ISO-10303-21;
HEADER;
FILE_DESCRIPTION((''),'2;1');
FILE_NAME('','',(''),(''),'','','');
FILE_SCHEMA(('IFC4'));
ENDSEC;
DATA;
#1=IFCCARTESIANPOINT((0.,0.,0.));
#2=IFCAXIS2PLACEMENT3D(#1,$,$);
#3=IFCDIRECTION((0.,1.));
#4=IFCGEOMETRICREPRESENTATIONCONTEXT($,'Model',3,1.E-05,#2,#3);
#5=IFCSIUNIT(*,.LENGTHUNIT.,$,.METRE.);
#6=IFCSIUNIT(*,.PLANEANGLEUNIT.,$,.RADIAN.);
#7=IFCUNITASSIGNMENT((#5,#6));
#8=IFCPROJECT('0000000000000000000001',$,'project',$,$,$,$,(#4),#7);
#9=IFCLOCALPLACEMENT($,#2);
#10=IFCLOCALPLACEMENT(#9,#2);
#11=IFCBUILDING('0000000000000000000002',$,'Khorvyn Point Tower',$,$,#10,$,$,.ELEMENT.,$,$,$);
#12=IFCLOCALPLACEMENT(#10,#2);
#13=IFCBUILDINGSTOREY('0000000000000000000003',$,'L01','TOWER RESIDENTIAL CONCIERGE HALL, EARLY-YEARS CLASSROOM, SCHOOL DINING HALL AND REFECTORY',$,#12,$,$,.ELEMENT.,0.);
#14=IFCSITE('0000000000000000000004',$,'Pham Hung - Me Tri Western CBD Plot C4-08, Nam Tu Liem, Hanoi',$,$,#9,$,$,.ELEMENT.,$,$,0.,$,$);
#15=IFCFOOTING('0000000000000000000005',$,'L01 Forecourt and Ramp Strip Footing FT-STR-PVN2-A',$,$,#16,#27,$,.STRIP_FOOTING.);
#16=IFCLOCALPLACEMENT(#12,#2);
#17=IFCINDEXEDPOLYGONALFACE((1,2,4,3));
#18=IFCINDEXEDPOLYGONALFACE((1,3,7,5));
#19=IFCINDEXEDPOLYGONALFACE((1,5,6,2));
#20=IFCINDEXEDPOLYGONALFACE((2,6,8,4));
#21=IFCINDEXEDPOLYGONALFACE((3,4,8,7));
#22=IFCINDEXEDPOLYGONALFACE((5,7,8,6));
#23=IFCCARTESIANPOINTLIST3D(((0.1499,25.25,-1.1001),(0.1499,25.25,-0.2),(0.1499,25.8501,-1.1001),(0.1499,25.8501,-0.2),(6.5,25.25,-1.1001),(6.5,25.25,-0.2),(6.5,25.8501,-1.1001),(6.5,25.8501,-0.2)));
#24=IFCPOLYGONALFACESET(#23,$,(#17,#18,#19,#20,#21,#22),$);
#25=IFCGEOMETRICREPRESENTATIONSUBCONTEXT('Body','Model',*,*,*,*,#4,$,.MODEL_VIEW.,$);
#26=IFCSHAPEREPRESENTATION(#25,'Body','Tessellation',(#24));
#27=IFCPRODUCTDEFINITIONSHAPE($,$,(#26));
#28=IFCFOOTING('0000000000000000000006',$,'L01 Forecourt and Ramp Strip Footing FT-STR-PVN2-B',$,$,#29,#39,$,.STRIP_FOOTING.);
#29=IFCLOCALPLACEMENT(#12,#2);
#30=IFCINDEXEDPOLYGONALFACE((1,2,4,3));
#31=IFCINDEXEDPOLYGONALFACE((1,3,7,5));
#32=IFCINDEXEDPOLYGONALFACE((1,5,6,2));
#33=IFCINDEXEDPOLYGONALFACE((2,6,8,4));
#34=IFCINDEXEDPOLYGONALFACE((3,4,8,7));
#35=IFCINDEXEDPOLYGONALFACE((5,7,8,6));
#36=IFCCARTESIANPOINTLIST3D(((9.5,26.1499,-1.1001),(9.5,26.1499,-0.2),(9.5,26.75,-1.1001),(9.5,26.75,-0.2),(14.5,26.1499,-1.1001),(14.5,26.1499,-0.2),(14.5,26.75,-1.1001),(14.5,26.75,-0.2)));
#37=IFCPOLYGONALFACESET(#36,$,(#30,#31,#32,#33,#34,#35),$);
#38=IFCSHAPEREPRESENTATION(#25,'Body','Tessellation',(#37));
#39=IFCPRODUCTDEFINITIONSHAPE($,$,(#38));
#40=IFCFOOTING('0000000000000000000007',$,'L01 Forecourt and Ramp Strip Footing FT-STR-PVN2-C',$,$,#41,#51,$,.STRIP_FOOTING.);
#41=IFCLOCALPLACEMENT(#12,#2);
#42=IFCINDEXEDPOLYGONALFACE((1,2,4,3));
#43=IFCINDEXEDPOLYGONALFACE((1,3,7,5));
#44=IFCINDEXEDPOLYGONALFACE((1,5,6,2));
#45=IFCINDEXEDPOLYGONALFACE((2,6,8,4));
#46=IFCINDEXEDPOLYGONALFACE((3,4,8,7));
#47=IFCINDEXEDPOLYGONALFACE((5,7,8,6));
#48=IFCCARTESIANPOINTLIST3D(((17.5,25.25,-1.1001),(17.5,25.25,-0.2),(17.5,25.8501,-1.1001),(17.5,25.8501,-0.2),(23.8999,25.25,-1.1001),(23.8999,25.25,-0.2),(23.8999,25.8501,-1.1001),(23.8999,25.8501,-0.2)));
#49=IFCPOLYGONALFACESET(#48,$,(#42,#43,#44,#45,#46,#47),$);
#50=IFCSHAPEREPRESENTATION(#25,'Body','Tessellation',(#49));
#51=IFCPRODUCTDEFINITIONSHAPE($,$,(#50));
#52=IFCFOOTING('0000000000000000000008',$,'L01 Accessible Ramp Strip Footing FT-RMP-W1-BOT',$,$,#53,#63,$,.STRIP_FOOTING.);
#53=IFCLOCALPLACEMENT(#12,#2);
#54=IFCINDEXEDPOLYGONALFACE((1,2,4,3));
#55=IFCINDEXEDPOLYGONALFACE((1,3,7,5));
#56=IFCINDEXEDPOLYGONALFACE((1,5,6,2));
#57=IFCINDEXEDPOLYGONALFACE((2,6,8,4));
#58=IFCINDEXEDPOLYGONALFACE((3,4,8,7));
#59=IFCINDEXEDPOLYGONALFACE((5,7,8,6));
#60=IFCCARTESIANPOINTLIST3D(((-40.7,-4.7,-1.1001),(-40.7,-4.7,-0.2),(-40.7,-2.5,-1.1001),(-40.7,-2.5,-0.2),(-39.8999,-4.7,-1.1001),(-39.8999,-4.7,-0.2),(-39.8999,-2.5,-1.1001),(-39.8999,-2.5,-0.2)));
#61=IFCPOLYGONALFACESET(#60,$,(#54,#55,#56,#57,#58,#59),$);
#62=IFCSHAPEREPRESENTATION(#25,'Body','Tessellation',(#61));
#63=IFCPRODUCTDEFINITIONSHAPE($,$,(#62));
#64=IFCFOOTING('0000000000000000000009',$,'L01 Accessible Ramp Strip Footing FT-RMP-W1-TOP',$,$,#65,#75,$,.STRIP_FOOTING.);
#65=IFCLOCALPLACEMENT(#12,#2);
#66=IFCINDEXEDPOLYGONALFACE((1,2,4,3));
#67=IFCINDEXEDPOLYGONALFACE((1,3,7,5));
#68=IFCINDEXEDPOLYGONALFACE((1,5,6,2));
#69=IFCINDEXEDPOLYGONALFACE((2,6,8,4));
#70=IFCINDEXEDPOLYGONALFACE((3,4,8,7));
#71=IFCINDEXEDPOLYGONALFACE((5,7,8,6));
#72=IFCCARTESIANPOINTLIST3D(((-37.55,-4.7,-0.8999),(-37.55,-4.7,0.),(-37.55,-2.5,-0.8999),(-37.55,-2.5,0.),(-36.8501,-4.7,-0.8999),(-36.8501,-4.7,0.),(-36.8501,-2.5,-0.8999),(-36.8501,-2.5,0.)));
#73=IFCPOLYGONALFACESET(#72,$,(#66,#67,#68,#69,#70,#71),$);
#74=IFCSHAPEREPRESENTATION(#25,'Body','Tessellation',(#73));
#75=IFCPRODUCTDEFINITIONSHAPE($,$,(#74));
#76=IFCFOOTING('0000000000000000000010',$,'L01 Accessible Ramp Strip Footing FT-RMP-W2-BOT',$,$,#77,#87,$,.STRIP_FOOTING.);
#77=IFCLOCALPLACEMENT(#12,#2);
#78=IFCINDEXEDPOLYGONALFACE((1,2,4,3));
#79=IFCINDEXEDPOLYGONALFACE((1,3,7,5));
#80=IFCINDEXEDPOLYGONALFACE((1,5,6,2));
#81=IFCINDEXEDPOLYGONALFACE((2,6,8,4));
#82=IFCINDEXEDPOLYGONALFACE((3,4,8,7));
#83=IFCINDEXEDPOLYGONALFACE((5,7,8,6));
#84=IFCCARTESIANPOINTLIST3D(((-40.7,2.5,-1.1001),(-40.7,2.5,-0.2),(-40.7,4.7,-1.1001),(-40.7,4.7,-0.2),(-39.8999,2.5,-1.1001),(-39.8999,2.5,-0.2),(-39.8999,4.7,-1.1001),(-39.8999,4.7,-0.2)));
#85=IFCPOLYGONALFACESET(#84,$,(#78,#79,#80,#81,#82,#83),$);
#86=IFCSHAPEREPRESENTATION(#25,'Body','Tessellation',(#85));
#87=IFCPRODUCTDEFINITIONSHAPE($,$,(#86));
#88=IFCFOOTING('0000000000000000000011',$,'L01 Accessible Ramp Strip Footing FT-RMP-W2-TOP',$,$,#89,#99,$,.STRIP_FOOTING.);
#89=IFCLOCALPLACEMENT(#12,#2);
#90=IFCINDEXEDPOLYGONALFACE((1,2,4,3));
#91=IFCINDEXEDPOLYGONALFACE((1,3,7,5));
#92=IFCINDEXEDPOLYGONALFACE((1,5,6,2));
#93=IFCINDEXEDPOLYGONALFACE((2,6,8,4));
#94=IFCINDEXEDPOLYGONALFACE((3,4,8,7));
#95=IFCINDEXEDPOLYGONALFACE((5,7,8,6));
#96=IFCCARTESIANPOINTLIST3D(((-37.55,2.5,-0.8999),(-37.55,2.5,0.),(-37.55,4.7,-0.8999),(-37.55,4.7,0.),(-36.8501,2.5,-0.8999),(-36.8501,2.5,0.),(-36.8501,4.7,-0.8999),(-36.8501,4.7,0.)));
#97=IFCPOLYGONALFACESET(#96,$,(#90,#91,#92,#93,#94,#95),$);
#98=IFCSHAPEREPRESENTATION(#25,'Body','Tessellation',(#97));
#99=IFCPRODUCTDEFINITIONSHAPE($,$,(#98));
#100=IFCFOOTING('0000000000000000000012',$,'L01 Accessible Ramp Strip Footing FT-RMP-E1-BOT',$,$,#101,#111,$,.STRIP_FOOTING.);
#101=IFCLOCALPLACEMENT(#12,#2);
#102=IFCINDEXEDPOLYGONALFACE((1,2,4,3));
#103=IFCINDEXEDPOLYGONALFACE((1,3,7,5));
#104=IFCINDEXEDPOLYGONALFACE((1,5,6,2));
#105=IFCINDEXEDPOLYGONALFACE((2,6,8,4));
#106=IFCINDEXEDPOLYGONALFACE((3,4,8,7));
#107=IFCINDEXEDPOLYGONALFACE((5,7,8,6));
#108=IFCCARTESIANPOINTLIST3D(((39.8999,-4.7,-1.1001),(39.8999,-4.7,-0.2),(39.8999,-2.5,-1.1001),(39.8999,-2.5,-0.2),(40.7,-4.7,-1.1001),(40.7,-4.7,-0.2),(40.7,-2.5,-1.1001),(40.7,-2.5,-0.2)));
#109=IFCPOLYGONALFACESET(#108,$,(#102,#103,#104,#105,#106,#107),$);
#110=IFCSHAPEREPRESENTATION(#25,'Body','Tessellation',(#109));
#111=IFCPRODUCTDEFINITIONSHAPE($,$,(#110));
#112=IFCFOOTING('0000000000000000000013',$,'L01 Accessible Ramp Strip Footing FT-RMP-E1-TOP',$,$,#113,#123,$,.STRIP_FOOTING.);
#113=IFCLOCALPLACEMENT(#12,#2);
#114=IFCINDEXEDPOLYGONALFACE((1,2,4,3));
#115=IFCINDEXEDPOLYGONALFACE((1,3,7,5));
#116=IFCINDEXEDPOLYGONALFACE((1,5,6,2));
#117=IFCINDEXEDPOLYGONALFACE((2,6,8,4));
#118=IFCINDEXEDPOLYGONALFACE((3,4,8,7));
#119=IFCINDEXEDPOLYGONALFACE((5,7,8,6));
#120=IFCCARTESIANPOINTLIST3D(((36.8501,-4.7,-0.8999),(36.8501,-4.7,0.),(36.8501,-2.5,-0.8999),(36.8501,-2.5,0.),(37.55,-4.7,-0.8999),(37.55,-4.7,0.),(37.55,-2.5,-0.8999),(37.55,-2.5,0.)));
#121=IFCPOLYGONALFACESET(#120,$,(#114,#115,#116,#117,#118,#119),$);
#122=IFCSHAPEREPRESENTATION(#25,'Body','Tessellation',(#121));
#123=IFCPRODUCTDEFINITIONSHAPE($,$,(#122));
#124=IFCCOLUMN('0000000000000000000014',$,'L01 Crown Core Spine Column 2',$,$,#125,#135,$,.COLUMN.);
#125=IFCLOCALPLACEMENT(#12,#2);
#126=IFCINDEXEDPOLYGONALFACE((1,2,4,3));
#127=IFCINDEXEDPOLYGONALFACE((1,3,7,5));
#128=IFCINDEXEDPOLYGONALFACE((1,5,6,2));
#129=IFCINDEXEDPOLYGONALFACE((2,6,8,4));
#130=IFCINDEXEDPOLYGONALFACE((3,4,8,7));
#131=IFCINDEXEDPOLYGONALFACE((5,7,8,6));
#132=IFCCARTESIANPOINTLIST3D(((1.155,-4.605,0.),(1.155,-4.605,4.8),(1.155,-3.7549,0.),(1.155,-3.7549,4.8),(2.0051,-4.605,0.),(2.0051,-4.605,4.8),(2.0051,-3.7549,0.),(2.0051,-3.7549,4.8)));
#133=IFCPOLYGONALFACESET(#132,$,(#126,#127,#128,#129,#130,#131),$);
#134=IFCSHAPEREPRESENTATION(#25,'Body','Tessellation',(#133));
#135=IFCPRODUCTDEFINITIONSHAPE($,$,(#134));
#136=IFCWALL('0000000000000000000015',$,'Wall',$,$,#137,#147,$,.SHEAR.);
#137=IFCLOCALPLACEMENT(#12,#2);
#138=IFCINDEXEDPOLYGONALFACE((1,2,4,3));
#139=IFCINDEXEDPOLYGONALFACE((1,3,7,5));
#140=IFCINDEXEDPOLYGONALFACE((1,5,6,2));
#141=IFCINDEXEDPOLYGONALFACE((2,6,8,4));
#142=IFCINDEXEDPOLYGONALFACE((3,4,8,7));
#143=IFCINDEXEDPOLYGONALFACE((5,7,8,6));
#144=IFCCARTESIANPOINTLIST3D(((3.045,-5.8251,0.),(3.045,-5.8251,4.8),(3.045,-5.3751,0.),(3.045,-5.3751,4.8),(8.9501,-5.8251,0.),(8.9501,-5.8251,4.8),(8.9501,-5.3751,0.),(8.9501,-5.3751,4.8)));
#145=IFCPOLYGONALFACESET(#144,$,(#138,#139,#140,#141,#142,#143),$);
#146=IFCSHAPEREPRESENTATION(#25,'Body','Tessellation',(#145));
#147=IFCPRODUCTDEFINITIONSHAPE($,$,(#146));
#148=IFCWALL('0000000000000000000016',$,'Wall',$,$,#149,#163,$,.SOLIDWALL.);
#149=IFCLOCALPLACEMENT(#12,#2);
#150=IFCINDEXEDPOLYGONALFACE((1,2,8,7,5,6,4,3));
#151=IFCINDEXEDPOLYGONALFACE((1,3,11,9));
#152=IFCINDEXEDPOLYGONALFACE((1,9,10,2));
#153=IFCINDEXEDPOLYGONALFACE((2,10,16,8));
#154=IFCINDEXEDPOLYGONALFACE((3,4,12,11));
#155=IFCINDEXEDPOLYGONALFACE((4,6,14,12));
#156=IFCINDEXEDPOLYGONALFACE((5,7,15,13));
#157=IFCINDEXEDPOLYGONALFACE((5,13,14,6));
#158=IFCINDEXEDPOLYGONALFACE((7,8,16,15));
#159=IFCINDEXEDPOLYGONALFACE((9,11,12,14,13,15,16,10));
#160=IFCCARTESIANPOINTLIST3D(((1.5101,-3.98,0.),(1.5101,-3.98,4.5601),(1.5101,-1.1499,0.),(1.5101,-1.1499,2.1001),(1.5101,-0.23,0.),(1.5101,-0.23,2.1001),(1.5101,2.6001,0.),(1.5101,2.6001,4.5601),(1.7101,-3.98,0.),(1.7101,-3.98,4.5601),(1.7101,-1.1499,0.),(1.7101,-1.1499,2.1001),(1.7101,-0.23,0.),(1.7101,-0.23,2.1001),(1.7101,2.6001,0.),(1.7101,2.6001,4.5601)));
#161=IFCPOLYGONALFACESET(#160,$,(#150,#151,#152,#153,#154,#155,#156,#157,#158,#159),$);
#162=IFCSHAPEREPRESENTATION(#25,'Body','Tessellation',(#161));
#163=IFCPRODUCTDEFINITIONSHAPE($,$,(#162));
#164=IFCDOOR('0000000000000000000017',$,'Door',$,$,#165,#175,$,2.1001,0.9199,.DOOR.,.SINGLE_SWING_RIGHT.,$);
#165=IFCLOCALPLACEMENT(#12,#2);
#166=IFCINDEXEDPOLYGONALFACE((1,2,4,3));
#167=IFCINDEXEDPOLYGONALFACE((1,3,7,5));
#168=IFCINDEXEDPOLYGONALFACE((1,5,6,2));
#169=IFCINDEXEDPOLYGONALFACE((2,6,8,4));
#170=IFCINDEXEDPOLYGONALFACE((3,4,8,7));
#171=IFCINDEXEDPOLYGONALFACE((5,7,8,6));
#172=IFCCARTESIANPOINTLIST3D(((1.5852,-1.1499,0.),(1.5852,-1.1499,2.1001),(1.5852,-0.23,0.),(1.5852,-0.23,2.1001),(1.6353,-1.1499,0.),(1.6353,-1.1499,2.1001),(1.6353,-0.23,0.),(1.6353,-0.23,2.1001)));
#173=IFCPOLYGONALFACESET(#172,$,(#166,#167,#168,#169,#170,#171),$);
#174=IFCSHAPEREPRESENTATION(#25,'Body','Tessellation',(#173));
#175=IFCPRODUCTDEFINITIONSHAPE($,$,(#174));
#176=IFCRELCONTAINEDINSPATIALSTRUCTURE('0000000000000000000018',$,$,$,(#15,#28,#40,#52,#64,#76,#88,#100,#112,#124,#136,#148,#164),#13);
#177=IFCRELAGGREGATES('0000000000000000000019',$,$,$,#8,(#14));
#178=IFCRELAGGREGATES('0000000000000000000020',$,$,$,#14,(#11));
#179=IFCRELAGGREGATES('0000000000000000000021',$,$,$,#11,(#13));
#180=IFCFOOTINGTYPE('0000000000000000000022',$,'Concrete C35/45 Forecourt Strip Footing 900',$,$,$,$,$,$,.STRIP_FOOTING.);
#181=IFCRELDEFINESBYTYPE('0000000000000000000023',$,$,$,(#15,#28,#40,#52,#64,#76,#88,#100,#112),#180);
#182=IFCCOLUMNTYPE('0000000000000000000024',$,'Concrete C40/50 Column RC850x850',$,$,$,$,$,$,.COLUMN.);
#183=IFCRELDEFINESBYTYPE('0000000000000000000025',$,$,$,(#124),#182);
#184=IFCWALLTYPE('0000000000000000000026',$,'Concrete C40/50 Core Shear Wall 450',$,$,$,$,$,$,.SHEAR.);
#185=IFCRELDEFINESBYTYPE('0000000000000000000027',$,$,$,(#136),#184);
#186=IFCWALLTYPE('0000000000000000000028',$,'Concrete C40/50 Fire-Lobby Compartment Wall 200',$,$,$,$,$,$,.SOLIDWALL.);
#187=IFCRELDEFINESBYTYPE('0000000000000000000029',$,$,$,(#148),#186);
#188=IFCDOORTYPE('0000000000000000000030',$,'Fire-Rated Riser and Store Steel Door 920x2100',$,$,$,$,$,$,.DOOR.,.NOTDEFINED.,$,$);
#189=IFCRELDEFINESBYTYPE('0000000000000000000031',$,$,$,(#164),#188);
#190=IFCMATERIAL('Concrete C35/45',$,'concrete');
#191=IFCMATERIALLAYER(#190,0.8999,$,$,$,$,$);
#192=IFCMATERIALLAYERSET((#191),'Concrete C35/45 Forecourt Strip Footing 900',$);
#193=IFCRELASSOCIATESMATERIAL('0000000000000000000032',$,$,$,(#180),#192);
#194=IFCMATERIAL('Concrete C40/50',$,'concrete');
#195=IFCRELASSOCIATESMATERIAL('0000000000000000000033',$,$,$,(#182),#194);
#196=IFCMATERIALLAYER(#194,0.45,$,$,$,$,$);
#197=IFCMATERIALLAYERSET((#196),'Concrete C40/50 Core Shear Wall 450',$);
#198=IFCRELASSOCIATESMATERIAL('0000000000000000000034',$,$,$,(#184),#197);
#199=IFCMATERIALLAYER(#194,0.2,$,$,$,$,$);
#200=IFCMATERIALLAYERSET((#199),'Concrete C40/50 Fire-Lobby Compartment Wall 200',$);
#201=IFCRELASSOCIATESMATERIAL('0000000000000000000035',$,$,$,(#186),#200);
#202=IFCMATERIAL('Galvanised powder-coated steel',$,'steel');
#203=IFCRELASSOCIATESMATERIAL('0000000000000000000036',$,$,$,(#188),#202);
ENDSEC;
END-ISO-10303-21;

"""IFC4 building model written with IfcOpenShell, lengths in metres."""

from ifc_helpers import new_model, si_unit, direction, frame, frame_2d, origin, origin_2d, place, context, subcontext, project, spatial, polyline, rectangle, outline, extrude, material, layer, layer_set, material_profile, profile_set, type_object, element, fill, save


model = new_model("IFC4")

# Units and contexts
model_context = context("Model", 3, precision=1e-05, world=origin(), true_north=direction((0.0, 1.0)))
body_context = subcontext(model_context, "Body", "Model", "MODEL_VIEW")
ifc_project = project(units=[si_unit("LENGTHUNIT", "METRE"), si_unit("PLANEANGLEUNIT", "RADIAN")], contexts=[model_context])

# Site, building, storey
site_placement = place(None, origin())
site = spatial("IfcSite", under=ifc_project, at=site_placement, Name="Pham Hung - Me Tri Western CBD Plot C4-08, Nam Tu Liem, Hanoi", CompositionType="ELEMENT", RefElevation=0.0)
building_placement = place(site_placement, origin())
building = spatial("IfcBuilding", under=site, at=building_placement, Name="Khorvyn Point Tower", CompositionType="ELEMENT")
storey_placement = place(building_placement, origin())
storey = spatial("IfcBuildingStorey", under=building, at=storey_placement, Name="L01", Description="TOWER RESIDENTIAL CONCIERGE HALL, EARLY-YEARS CLASSROOM, SCHOOL DINING HALL AND REFECTORY", CompositionType="ELEMENT", Elevation=0.0)

# Footings
ifc_material_1 = material(Name="Concrete C35/45", Category="concrete")
ifc_layer_1 = layer(ifc_material_1, 0.8999)
ifc_layer_set_1 = layer_set([ifc_layer_1], Name="Concrete C35/45 Forecourt Strip Footing 900")
footing_type = type_object("IfcFootingType", Name="Concrete C35/45 Forecourt Strip Footing 900", PredefinedType="STRIP_FOOTING", material=ifc_layer_set_1)
footing_1_placement = place(storey_placement, frame((0.0, 0.0, -1.1001)))
element("IfcFooting", 1, at=footing_1_placement, inside=storey, type_object=footing_type, Name="L01 Forecourt and Ramp Strip Footing FT-STR-PVN2-A", PredefinedType="STRIP_FOOTING", context=body_context, shape_type="SweptSolid", body=[
    extrude(outline(polyline([(0.1499, 25.25), (6.5, 25.25), (6.5, 25.8501), (0.1499, 25.8501), (0.1499, 25.25)])), origin(), (0.0, 0.0, 1.0), 0.9001),
])
footing_2_placement = place(storey_placement, frame((0.0, 0.0, -1.1001)))
element("IfcFooting", 2, at=footing_2_placement, inside=storey, type_object=footing_type, Name="L01 Forecourt and Ramp Strip Footing FT-STR-PVN2-B", PredefinedType="STRIP_FOOTING", context=body_context, shape_type="SweptSolid", body=[
    extrude(outline(polyline([(9.5, 26.1499), (14.5, 26.1499), (14.5, 26.75), (9.5, 26.75), (9.5, 26.1499)])), origin(), (0.0, 0.0, 1.0), 0.9001),
])
footing_3_placement = place(storey_placement, frame((0.0, 0.0, -1.1001)))
element("IfcFooting", 3, at=footing_3_placement, inside=storey, type_object=footing_type, Name="L01 Forecourt and Ramp Strip Footing FT-STR-PVN2-C", PredefinedType="STRIP_FOOTING", context=body_context, shape_type="SweptSolid", body=[
    extrude(outline(polyline([(17.5, 25.25), (23.8999, 25.25), (23.8999, 25.8501), (17.5, 25.8501), (17.5, 25.25)])), origin(), (0.0, 0.0, 1.0), 0.9001),
])
footing_4_placement = place(storey_placement, frame((0.0, 0.0, -1.1001)))
element("IfcFooting", 4, at=footing_4_placement, inside=storey, type_object=footing_type, Name="L01 Accessible Ramp Strip Footing FT-RMP-W1-BOT", PredefinedType="STRIP_FOOTING", context=body_context, shape_type="SweptSolid", body=[
    extrude(outline(polyline([(-40.7, -4.7), (-39.8999, -4.7), (-39.8999, -2.5), (-40.7, -2.5), (-40.7, -4.7)])), origin(), (0.0, 0.0, 1.0), 0.9001),
])
footing_5_placement = place(storey_placement, frame((0.0, 0.0, -0.8999)))
element("IfcFooting", 5, at=footing_5_placement, inside=storey, type_object=footing_type, Name="L01 Accessible Ramp Strip Footing FT-RMP-W1-TOP", PredefinedType="STRIP_FOOTING", context=body_context, shape_type="SweptSolid", body=[
    extrude(outline(polyline([(-37.55, -4.7), (-36.8501, -4.7), (-36.8501, -2.5), (-37.55, -2.5), (-37.55, -4.7)])), origin(), (0.0, 0.0, 1.0), 0.8999),
])
footing_6_placement = place(storey_placement, frame((0.0, 0.0, -1.1001)))
element("IfcFooting", 6, at=footing_6_placement, inside=storey, type_object=footing_type, Name="L01 Accessible Ramp Strip Footing FT-RMP-W2-BOT", PredefinedType="STRIP_FOOTING", context=body_context, shape_type="SweptSolid", body=[
    extrude(outline(polyline([(-40.7, 2.5), (-39.8999, 2.5), (-39.8999, 4.7), (-40.7, 4.7), (-40.7, 2.5)])), origin(), (0.0, 0.0, 1.0), 0.9001),
])
footing_7_placement = place(storey_placement, frame((0.0, 0.0, -0.8999)))
element("IfcFooting", 7, at=footing_7_placement, inside=storey, type_object=footing_type, Name="L01 Accessible Ramp Strip Footing FT-RMP-W2-TOP", PredefinedType="STRIP_FOOTING", context=body_context, shape_type="SweptSolid", body=[
    extrude(outline(polyline([(-37.55, 2.5), (-36.8501, 2.5), (-36.8501, 4.7), (-37.55, 4.7), (-37.55, 2.5)])), origin(), (0.0, 0.0, 1.0), 0.8999),
])
footing_8_placement = place(storey_placement, frame((0.0, 0.0, -1.1001)))
element("IfcFooting", 8, at=footing_8_placement, inside=storey, type_object=footing_type, Name="L01 Accessible Ramp Strip Footing FT-RMP-E1-BOT", PredefinedType="STRIP_FOOTING", context=body_context, shape_type="SweptSolid", body=[
    extrude(outline(polyline([(39.8999, -4.7), (40.7, -4.7), (40.7, -2.5), (39.8999, -2.5), (39.8999, -4.7)])), origin(), (0.0, 0.0, 1.0), 0.9001),
])
footing_9_placement = place(storey_placement, frame((0.0, 0.0, -0.8999)))
element("IfcFooting", 9, at=footing_9_placement, inside=storey, type_object=footing_type, Name="L01 Accessible Ramp Strip Footing FT-RMP-E1-TOP", PredefinedType="STRIP_FOOTING", context=body_context, shape_type="SweptSolid", body=[
    extrude(outline(polyline([(36.8501, -4.7), (37.55, -4.7), (37.55, -2.5), (36.8501, -2.5), (36.8501, -4.7)])), origin(), (0.0, 0.0, 1.0), 0.8999),
])

# Column
ifc_material_2 = material(Name="Concrete C40/50", Category="concrete")
ifc_material_profile = material_profile(ifc_material_2, rectangle(XDim=0.8501, YDim=0.8501, at=origin_2d()))
ifc_profile_set = profile_set([ifc_material_profile], Name="Concrete C40/50 RC850x850")
column_type = type_object("IfcColumnType", Name="Concrete C40/50 Column RC850x850", PredefinedType="COLUMN", material=ifc_profile_set)
column_placement = place(storey_placement, frame((1.5801, -4.1799, 0.0), z_axis=(0.0, 0.0, 1.0), x_axis=(1.0, 0.0, 0.0)))
element("IfcColumn", 10, at=column_placement, inside=storey, type_object=column_type, Name="L01 Crown Core Spine Column 2", PredefinedType="COLUMN", context=body_context, shape_type="SweptSolid", body=[
    extrude(rectangle(XDim=0.8501, YDim=0.8501, at=origin_2d()), origin(), (0.0, 0.0, 1.0), 4.8),
])

# Wall
ifc_layer_2 = layer(ifc_material_2, 0.45)
ifc_layer_set_2 = layer_set([ifc_layer_2], Name="Concrete C40/50 Core Shear Wall 450")
wall_type_1 = type_object("IfcWallType", Name="Concrete C40/50 Core Shear Wall 450", PredefinedType="SHEAR", material=ifc_layer_set_2)
wall_1_placement = place(storey_placement, frame((3.0449, -5.6001, 0.0), z_axis=(0.0, 0.0, 1.0), x_axis=(1.0, 0.0, 0.0)))
element("IfcWall", 11, at=wall_1_placement, inside=storey, type_object=wall_type_1, Name="Wall", PredefinedType="SHEAR", context=body_context, shape_type="SweptSolid", body=[
    extrude(rectangle(XDim=5.905, YDim=0.45, at=frame_2d((2.9526, 0.0))), origin(), (0.0, 0.0, 1.0), 4.8),
])

# Wall, opening, door
ifc_layer_3 = layer(ifc_material_2, 0.2)
ifc_layer_set_3 = layer_set([ifc_layer_3], Name="Concrete C40/50 Fire-Lobby Compartment Wall 200")
wall_type_2 = type_object("IfcWallType", Name="Concrete C40/50 Fire-Lobby Compartment Wall 200", PredefinedType="SOLIDWALL", material=ifc_layer_set_3)
wall_2_placement = place(storey_placement, frame((1.6101, -3.98, 0.0), z_axis=(0.0, 0.0, 1.0), x_axis=(0.0, 1.0, 0.0)))
wall_2 = element("IfcWall", 12, at=wall_2_placement, inside=storey, type_object=wall_type_2, Name="Wall", PredefinedType="SOLIDWALL", context=body_context, shape_type="SweptSolid", body=[
    extrude(rectangle(XDim=6.5801, YDim=0.2, at=frame_2d((3.29, 0.0))), origin(), (0.0, 0.0, 1.0), 4.5601),
])
opening_placement = place(wall_2_placement, frame((2.8301, 0.0, 0.0)))
opening = element("IfcOpeningElement", 13, at=opening_placement, cuts=wall_2, PredefinedType="OPENING", context=body_context, shape_type="SweptSolid", body=[
    extrude(rectangle(XDim=0.9199, YDim=2.1001, at=frame_2d((0.46, 1.05))), frame((0.0, 0.1099, 0.0), z_axis=(0.0, -1.0, 0.0), x_axis=(1.0, 0.0, 0.0)), (0.0, 0.0, 1.0), 0.22),
])
ifc_material_3 = material(Name="Galvanised powder-coated steel", Category="steel")
door_type = type_object("IfcDoorType", Name="Fire-Rated Riser and Store Steel Door 920x2100", OperationType="NOTDEFINED", PredefinedType="DOOR", material=ifc_material_3)
door_placement = place(opening_placement, origin())
door = element("IfcDoor", 14, at=door_placement, inside=storey, type_object=door_type, Name="Door", OperationType="SINGLE_SWING_RIGHT", OverallHeight=2.1001, OverallWidth=0.9199, PredefinedType="DOOR", context=body_context, shape_type="SweptSolid", body=[
    extrude(rectangle(XDim=0.9199, YDim=2.1001, at=frame_2d((0.46, 1.05))), frame((0.0, 0.0249, 0.0), z_axis=(0.0, -1.0, 0.0), x_axis=(1.0, 0.0, 0.0)), (0.0, 0.0, 1.0), 0.05),
])
fill(opening, door)

save(model, "model.ifc")
